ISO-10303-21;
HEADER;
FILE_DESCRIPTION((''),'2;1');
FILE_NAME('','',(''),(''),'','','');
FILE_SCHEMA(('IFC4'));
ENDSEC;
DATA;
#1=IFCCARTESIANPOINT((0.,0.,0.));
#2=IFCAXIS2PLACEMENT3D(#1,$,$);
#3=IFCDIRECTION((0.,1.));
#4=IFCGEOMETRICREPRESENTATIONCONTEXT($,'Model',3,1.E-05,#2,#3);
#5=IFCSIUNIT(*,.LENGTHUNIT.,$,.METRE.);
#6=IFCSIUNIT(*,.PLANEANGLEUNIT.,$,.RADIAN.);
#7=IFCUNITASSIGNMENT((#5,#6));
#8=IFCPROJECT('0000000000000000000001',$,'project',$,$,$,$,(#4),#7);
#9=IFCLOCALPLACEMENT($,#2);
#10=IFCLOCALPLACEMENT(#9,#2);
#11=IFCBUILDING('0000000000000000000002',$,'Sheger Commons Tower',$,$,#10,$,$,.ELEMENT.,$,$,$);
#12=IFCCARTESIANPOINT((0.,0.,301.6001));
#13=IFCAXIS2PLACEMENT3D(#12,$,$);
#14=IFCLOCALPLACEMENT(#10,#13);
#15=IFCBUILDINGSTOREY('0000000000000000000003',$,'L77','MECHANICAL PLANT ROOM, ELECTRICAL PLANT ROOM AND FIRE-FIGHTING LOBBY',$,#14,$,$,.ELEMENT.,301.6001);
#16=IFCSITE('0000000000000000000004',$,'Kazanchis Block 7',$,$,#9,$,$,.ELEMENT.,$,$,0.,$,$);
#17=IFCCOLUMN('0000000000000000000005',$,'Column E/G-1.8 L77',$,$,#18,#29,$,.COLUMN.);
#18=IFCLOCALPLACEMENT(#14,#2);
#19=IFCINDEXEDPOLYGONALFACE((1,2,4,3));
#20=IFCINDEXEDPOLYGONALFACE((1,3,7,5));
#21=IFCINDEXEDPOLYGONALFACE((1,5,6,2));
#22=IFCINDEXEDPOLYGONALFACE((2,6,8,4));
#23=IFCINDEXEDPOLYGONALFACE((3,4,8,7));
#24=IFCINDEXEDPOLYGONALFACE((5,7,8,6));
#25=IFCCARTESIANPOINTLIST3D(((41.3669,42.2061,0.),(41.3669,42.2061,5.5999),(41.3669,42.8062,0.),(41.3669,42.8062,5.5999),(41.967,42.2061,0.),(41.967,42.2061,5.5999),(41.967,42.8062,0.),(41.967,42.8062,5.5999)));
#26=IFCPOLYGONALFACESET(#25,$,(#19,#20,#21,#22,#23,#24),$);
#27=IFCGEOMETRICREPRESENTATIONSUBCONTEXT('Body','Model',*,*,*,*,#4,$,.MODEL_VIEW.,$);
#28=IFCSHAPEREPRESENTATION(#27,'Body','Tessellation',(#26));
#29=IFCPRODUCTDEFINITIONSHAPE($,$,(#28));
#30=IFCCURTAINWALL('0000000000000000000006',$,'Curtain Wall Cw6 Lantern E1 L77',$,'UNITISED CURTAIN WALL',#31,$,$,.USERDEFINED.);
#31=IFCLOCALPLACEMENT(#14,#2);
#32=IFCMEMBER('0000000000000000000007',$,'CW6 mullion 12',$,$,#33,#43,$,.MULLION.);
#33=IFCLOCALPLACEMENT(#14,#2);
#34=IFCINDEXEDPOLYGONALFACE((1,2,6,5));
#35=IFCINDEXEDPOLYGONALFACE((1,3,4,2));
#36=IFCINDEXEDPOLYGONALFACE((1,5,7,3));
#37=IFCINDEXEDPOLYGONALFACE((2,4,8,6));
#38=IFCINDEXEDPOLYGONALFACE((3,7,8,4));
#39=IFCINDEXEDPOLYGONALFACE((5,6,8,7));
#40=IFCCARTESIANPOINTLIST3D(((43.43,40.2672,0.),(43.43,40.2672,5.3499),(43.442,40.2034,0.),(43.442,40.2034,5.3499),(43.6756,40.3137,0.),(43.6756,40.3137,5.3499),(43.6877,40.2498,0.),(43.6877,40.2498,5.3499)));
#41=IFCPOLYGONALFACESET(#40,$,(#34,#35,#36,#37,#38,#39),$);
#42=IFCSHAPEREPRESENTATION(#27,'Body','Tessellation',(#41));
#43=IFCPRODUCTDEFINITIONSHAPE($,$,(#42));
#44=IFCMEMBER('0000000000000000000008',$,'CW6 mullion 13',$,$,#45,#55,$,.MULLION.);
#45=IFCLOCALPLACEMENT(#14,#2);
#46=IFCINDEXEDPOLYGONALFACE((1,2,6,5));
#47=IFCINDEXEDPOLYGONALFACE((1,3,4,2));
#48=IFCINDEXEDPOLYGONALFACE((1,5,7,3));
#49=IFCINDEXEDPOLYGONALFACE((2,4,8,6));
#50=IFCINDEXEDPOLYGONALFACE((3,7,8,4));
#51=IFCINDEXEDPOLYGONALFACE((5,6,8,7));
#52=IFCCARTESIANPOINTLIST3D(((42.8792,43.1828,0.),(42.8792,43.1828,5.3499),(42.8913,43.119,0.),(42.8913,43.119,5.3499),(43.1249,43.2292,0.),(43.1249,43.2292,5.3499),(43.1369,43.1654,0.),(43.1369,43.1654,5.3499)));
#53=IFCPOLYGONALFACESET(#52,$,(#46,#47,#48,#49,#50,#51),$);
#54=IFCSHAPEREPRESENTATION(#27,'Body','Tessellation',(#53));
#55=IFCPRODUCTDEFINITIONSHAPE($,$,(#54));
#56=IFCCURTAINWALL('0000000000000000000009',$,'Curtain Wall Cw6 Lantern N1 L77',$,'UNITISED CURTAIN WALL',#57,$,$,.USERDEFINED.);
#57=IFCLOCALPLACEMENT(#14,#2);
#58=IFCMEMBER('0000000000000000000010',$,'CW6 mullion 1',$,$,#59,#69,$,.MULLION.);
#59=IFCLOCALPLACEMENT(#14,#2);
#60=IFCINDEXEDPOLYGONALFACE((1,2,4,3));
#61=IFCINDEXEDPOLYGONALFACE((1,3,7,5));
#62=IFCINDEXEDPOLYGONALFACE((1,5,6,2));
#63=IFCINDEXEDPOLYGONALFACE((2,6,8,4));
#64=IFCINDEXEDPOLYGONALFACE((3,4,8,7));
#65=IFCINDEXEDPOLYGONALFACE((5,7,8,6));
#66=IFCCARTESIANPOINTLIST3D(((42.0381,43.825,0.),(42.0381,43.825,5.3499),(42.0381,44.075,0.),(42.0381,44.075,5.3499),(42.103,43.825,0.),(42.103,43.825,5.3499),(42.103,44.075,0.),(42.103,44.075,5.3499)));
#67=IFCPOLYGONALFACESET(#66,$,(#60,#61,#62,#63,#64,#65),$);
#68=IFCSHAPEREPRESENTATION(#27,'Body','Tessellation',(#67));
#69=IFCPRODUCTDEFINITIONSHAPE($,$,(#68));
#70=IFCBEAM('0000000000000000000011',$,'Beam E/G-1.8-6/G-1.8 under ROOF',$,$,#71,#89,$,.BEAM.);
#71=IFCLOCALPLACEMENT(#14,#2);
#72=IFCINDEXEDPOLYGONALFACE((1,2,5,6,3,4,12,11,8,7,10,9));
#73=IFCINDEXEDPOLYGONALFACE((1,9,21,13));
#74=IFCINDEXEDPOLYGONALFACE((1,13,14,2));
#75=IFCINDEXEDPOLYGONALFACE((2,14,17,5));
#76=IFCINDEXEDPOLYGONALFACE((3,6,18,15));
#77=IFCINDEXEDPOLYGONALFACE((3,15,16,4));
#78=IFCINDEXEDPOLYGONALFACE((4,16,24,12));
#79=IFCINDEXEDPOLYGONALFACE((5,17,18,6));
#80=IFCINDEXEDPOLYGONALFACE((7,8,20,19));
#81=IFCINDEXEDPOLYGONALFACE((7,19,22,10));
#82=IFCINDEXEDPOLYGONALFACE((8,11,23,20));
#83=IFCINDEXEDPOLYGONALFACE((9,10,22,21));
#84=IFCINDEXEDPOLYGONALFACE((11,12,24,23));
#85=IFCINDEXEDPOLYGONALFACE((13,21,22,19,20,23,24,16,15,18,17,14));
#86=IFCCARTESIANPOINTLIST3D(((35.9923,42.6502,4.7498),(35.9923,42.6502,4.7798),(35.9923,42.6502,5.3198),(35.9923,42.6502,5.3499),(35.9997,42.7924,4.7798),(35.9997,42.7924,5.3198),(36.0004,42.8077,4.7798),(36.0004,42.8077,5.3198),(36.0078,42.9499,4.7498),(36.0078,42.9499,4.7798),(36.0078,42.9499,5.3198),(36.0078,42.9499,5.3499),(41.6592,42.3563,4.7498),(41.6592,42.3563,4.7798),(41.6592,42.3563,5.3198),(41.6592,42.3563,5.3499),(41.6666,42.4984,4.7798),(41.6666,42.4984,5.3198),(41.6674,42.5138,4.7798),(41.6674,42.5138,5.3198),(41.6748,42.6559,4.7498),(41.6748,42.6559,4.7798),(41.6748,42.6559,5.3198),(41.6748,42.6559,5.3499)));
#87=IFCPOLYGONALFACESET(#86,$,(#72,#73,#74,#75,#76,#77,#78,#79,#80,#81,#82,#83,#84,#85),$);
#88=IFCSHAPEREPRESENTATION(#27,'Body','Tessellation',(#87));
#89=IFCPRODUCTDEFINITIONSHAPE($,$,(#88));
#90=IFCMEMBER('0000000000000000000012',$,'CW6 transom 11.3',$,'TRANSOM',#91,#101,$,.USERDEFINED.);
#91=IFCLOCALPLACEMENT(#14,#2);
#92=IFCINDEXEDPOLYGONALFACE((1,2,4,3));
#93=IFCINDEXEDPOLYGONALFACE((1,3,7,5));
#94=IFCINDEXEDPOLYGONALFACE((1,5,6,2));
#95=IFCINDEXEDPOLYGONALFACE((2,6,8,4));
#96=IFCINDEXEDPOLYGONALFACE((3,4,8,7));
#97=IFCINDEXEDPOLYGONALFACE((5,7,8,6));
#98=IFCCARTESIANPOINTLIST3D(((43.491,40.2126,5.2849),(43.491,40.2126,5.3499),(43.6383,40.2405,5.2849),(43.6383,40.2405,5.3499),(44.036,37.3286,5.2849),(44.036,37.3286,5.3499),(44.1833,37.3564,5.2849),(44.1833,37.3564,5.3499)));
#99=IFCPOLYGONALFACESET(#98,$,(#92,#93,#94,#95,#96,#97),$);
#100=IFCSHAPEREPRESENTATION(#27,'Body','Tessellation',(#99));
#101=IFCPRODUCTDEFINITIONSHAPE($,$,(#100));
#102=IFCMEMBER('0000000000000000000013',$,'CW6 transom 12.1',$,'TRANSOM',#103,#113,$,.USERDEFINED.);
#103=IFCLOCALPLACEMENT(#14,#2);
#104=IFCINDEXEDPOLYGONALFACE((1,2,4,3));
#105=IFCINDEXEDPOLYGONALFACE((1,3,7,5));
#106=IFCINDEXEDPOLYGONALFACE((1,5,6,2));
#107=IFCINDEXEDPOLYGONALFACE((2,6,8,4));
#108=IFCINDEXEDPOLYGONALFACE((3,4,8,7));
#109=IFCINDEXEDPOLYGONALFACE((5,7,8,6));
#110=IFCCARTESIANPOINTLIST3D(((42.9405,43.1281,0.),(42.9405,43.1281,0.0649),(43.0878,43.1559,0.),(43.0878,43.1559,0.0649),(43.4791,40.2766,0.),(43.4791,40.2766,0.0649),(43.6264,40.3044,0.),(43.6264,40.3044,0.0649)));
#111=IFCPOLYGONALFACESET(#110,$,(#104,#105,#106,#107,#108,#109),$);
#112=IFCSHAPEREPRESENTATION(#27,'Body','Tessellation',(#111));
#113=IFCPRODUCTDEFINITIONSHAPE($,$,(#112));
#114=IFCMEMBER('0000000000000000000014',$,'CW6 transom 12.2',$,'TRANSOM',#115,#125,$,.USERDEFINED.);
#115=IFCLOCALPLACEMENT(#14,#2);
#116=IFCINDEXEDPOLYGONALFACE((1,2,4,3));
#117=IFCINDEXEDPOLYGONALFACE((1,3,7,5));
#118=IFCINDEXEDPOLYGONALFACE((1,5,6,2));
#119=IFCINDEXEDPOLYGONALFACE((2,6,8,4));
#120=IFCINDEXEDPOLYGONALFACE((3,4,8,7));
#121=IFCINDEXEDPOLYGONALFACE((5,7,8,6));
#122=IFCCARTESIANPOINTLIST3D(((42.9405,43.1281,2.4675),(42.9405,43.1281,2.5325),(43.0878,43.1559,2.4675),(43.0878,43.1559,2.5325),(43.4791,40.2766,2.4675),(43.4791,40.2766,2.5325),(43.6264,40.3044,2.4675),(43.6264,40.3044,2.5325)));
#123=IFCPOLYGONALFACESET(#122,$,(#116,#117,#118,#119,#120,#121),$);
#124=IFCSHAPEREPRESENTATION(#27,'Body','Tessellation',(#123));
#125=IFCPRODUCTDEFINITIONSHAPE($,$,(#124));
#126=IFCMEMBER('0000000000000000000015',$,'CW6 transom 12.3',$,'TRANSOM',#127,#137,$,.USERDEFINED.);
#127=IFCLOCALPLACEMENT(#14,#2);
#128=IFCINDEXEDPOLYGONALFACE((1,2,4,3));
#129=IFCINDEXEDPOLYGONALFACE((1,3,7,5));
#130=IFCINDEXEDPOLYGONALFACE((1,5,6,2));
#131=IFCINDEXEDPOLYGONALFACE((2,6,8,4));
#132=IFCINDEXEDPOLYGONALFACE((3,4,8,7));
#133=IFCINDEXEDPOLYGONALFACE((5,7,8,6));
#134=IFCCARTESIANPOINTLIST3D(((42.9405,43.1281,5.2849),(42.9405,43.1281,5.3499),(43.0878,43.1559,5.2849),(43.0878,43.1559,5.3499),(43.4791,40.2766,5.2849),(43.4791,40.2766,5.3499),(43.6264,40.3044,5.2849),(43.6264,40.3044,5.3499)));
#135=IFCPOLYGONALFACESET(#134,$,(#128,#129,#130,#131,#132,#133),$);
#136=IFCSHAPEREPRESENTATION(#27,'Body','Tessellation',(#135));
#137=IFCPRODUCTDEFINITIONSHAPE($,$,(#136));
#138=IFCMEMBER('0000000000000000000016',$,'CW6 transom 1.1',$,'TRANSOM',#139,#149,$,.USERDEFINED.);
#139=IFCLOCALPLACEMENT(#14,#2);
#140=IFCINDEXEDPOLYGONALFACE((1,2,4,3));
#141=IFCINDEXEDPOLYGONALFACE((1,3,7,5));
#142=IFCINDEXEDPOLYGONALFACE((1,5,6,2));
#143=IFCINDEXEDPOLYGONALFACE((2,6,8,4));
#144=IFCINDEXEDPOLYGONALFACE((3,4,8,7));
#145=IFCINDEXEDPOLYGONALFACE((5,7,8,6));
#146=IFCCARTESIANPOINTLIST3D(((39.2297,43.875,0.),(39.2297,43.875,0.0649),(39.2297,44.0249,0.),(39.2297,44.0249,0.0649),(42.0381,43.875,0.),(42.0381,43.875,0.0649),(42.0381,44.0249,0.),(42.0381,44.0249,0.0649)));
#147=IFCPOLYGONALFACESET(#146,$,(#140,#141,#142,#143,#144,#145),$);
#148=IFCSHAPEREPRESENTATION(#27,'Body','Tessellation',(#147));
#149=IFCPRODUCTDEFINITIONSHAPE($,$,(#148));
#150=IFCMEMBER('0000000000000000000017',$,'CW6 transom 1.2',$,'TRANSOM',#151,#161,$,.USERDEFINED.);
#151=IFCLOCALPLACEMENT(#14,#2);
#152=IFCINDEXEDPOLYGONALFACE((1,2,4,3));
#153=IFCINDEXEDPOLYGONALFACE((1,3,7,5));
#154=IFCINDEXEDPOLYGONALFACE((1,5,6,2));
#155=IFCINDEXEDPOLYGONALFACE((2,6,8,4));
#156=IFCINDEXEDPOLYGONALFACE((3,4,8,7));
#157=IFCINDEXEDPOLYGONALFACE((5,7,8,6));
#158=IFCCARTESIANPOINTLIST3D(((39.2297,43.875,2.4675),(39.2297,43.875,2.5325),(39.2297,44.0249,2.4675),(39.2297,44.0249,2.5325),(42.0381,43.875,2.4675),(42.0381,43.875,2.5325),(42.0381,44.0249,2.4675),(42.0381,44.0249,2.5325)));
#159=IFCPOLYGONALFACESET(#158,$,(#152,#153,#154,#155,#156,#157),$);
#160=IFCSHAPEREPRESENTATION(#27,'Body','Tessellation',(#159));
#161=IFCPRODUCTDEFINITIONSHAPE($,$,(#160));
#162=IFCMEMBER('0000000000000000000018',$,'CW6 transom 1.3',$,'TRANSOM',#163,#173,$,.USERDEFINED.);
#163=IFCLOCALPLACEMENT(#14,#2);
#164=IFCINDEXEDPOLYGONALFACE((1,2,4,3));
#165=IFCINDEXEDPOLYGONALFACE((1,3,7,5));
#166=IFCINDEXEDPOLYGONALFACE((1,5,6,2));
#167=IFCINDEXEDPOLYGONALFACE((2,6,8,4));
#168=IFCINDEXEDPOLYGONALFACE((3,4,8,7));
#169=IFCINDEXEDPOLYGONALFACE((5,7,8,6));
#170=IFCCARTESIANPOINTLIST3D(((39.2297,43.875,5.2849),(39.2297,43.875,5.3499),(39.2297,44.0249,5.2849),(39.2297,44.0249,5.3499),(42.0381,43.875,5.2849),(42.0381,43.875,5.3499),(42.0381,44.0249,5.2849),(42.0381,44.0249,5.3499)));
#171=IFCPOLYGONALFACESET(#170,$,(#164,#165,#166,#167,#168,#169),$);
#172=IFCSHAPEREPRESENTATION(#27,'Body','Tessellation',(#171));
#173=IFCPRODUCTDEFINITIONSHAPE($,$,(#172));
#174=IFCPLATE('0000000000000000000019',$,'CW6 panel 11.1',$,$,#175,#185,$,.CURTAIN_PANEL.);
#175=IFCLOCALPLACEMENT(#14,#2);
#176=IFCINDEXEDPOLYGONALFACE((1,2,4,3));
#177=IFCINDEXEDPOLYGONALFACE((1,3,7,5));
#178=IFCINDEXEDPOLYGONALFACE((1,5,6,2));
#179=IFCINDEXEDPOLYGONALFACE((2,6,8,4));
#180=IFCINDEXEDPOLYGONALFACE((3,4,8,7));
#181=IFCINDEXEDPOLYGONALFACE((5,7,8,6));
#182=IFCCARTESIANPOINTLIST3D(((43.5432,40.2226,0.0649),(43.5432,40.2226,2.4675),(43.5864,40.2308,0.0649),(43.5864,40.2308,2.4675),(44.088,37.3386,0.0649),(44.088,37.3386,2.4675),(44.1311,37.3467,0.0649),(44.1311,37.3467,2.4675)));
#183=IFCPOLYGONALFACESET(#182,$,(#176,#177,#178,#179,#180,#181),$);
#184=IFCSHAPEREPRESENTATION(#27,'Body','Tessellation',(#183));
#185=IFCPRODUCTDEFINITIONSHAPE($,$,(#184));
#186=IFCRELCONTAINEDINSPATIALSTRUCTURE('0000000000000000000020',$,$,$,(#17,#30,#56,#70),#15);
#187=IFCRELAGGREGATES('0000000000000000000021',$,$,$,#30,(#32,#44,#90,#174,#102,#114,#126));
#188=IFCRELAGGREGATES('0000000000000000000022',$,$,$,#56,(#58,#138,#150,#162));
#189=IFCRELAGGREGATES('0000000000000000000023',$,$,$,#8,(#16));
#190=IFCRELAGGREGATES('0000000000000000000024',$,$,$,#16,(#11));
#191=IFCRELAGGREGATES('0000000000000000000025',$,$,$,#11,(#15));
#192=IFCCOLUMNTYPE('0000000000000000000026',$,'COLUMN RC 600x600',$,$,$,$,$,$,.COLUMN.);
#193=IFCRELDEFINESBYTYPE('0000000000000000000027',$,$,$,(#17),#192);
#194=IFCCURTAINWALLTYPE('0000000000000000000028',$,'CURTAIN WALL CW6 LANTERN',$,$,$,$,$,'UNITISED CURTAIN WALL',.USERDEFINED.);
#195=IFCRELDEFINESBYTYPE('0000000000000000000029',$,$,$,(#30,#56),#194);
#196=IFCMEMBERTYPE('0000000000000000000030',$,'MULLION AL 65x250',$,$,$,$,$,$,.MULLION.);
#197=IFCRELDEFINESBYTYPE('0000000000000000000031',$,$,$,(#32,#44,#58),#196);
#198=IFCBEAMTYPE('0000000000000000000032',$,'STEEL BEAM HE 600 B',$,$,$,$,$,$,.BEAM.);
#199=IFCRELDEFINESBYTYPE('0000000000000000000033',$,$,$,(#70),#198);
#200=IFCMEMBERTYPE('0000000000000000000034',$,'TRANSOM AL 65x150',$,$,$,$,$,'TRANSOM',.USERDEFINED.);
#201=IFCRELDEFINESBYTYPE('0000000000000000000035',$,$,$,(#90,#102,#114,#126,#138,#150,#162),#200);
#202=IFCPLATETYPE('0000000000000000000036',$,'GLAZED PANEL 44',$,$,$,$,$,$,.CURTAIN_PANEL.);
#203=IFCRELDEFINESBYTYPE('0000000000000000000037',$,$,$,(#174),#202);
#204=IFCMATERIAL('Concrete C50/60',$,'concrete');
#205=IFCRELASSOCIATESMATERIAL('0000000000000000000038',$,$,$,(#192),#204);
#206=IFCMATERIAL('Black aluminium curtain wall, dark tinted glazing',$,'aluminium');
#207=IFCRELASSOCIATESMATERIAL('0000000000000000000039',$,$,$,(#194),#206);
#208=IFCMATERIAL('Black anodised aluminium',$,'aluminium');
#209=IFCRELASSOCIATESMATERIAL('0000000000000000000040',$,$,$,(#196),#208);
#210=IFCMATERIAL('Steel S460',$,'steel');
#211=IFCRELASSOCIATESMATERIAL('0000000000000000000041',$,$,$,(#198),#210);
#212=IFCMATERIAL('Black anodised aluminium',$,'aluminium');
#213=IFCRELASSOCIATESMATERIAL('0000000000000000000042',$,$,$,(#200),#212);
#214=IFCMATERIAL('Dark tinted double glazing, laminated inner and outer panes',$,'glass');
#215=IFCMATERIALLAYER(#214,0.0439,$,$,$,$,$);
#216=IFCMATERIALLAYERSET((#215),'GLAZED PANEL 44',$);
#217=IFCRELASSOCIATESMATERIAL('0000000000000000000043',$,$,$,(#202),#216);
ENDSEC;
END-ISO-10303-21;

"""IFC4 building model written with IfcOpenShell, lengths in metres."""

from ifc_helpers import new_model, si_unit, direction, frame, origin, origin_2d, place, context, subcontext, project, spatial, rectangle, i_section, extrude, material, layer, layer_set, material_profile, profile_set, type_object, element, aggregate, save


model = new_model("IFC4")

# Units and contexts
model_context = context("Model", 3, precision=1e-05, world=origin(), true_north=direction((0.0, 1.0)))
body_context = subcontext(model_context, "Body", "Model", "MODEL_VIEW")
ifc_project = project(units=[si_unit("LENGTHUNIT", "METRE"), si_unit("PLANEANGLEUNIT", "RADIAN")], contexts=[model_context])

# Site, building, storey
site_placement = place(None, origin())
site = spatial("IfcSite", under=ifc_project, at=site_placement, Name="Kazanchis Block 7", CompositionType="ELEMENT", RefElevation=0.0)
building_placement = place(site_placement, origin())
building = spatial("IfcBuilding", under=site, at=building_placement, Name="Sheger Commons Tower", CompositionType="ELEMENT")
storey_placement = place(building_placement, frame((0.0, 0.0, 301.6001)))
storey = spatial("IfcBuildingStorey", under=building, at=storey_placement, Name="L77", Description="MECHANICAL PLANT ROOM, ELECTRICAL PLANT ROOM AND FIRE-FIGHTING LOBBY", CompositionType="ELEMENT", Elevation=301.6001)

# Column
ifc_material_1 = material(Name="Concrete C50/60", Category="concrete")
ifc_material_profile_1 = material_profile(ifc_material_1, rectangle(XDim=0.6001, YDim=0.6001, at=origin_2d()), Name="RC 600x600")
ifc_profile_set_1 = profile_set([ifc_material_profile_1], Name="Concrete C50/60")
column_type = type_object("IfcColumnType", Name="COLUMN RC 600x600", PredefinedType="COLUMN", material=ifc_profile_set_1)
column_placement = place(storey_placement, frame((41.667, 42.5061, 0.0), z_axis=(0.0, 0.0, 1.0), x_axis=(1.0, 0.0, 0.0)))
element("IfcColumn", 1, at=column_placement, inside=storey, type_object=column_type, Name="Column E/G-1.8 L77", PredefinedType="COLUMN", context=body_context, shape_type="SweptSolid", body=[
    extrude(rectangle(XDim=0.6001, YDim=0.6001, at=origin_2d()), origin(), (0.0, 0.0, 1.0), 5.5999),
])

# Curtain wall, members
ifc_material_2 = material(Name="Black aluminium curtain wall, dark tinted glazing", Category="aluminium")
curtain_wall_type = type_object("IfcCurtainWallType", Name="CURTAIN WALL CW6 LANTERN", ElementType="UNITISED CURTAIN WALL", PredefinedType="USERDEFINED", material=ifc_material_2)
curtain_wall_1_placement = place(storey_placement, origin())
curtain_wall_1 = element("IfcCurtainWall", 2, at=curtain_wall_1_placement, inside=storey, type_object=curtain_wall_type, Name="Curtain Wall Cw6 Lantern E1 L77", ObjectType="UNITISED CURTAIN WALL", PredefinedType="USERDEFINED")
ifc_material_3 = material(Name="Black anodised aluminium", Category="aluminium")
ifc_material_profile_2 = material_profile(ifc_material_3, rectangle(XDim=0.25, YDim=0.0649, at=origin_2d()), Name="AL 65x250")
ifc_profile_set_2 = profile_set([ifc_material_profile_2], Name="Black anodised aluminium")
member_type_1 = type_object("IfcMemberType", Name="MULLION AL 65x250", PredefinedType="MULLION", material=ifc_profile_set_2)
member_1_placement = place(storey_placement, frame((43.5588, 40.2585, 0.0), z_axis=(0.0, 0.0, 1.0), x_axis=(-0.982623, -0.185613, 0.0)))
member_1 = element("IfcMember", 3, at=member_1_placement, type_object=member_type_1, Name="CW6 mullion 12", PredefinedType="MULLION", context=body_context, shape_type="SweptSolid", body=[
    extrude(rectangle(XDim=0.25, YDim=0.0649, at=origin_2d()), origin(), (0.0, 0.0, 1.0), 5.3499),
])
member_2_placement = place(storey_placement, frame((43.0081, 43.1741, 0.0), z_axis=(0.0, 0.0, 1.0), x_axis=(-0.982623, -0.185613, 0.0)))
member_2 = element("IfcMember", 4, at=member_2_placement, type_object=member_type_1, Name="CW6 mullion 13", PredefinedType="MULLION", context=body_context, shape_type="SweptSolid", body=[
    extrude(rectangle(XDim=0.25, YDim=0.0649, at=origin_2d()), origin(), (0.0, 0.0, 1.0), 5.3499),
])

# Curtain wall, member
curtain_wall_2_placement = place(storey_placement, origin())
curtain_wall_2 = element("IfcCurtainWall", 5, at=curtain_wall_2_placement, inside=storey, type_object=curtain_wall_type, Name="Curtain Wall Cw6 Lantern N1 L77", ObjectType="UNITISED CURTAIN WALL", PredefinedType="USERDEFINED")
member_3_placement = place(storey_placement, frame((42.0706, 43.95, 0.0), z_axis=(0.0, 0.0, 1.0), x_axis=(0.0, -1.0, 0.0)))
member_3 = element("IfcMember", 6, at=member_3_placement, type_object=member_type_1, Name="CW6 mullion 1", PredefinedType="MULLION", context=body_context, shape_type="SweptSolid", body=[
    extrude(rectangle(XDim=0.25, YDim=0.0649, at=origin_2d()), origin(), (0.0, 0.0, 1.0), 5.3499),
])

# Beam
ifc_material_4 = material(Name="Steel S460", Category="steel")
ifc_material_profile_3 = material_profile(ifc_material_4, i_section(OverallWidth=0.3, OverallDepth=0.6001, WebThickness=0.0154, FlangeThickness=0.03, at=origin_2d()), Name="HE 600 B")
ifc_profile_set_3 = profile_set([ifc_material_profile_3], Name="Steel S460")
beam_type = type_object("IfcBeamType", Name="STEEL BEAM HE 600 B", PredefinedType="BEAM", material=ifc_profile_set_3)
beam_placement = place(storey_placement, frame((41.667, 42.5061, 5.0498), z_axis=(-0.998657, 0.0518, 0.0), x_axis=(-0.0518, -0.998657, 0.0)))
element("IfcBeam", 7, at=beam_placement, inside=storey, type_object=beam_type, Name="Beam E/G-1.8-6/G-1.8 under ROOF", PredefinedType="BEAM", context=body_context, shape_type="SweptSolid", body=[
    extrude(i_section(OverallWidth=0.3, OverallDepth=0.6001, WebThickness=0.0154, FlangeThickness=0.03, at=origin_2d()), origin(), (0.0, 0.0, 1.0), 5.6746),
])

# Members
ifc_material_5 = material(Name="Black anodised aluminium", Category="aluminium")
ifc_material_profile_4 = material_profile(ifc_material_5, rectangle(XDim=0.1499, YDim=0.0649, at=origin_2d()), Name="AL 65x150")
ifc_profile_set_4 = profile_set([ifc_material_profile_4], Name="Black anodised aluminium")
member_type_2 = type_object("IfcMemberType", Name="TRANSOM AL 65x150", ElementType="TRANSOM", PredefinedType="USERDEFINED", material=ifc_profile_set_4)
member_4_placement = place(storey_placement, frame((44.1096, 37.3425, 5.3174), z_axis=(-0.185659, 0.982614, 0.0), x_axis=(-0.982614, -0.185659, 0.0)))
member_4 = element("IfcMember", 8, at=member_4_placement, type_object=member_type_2, Name="CW6 transom 11.3", ObjectType="TRANSOM", PredefinedType="USERDEFINED", context=body_context, shape_type="SweptSolid", body=[
    extrude(rectangle(XDim=0.1499, YDim=0.0649, at=origin_2d()), origin(), (0.0, 0.0, 1.0), 2.9351),
])
member_5_placement = place(storey_placement, frame((43.5527, 40.2905, 0.0325), z_axis=(-0.185589, 0.982628, 0.0), x_axis=(-0.982628, -0.185589, 0.0)))
member_5 = element("IfcMember", 9, at=member_5_placement, type_object=member_type_2, Name="CW6 transom 12.1", ObjectType="TRANSOM", PredefinedType="USERDEFINED", context=body_context, shape_type="SweptSolid", body=[
    extrude(rectangle(XDim=0.1499, YDim=0.0649, at=origin_2d()), origin(), (0.0, 0.0, 1.0), 2.9019),
])
member_6_placement = place(storey_placement, frame((43.5527, 40.2905, 2.5), z_axis=(-0.185589, 0.982628, 0.0), x_axis=(-0.982628, -0.185589, 0.0)))
member_6 = element("IfcMember", 10, at=member_6_placement, type_object=member_type_2, Name="CW6 transom 12.2", ObjectType="TRANSOM", PredefinedType="USERDEFINED", context=body_context, shape_type="SweptSolid", body=[
    extrude(rectangle(XDim=0.1499, YDim=0.0649, at=origin_2d()), origin(), (0.0, 0.0, 1.0), 2.9019),
])
member_7_placement = place(storey_placement, frame((43.5527, 40.2905, 5.3174), z_axis=(-0.185589, 0.982628, 0.0), x_axis=(-0.982628, -0.185589, 0.0)))
member_7 = element("IfcMember", 11, at=member_7_placement, type_object=member_type_2, Name="CW6 transom 12.3", ObjectType="TRANSOM", PredefinedType="USERDEFINED", context=body_context, shape_type="SweptSolid", body=[
    extrude(rectangle(XDim=0.1499, YDim=0.0649, at=origin_2d()), origin(), (0.0, 0.0, 1.0), 2.9019),
])
member_8_placement = place(storey_placement, frame((42.0381, 43.95, 0.0325), z_axis=(-1.0, 0.0, 0.0), x_axis=(0.0, -1.0, 0.0)))
member_8 = element("IfcMember", 12, at=member_8_placement, type_object=member_type_2, Name="CW6 transom 1.1", ObjectType="TRANSOM", PredefinedType="USERDEFINED", context=body_context, shape_type="SweptSolid", body=[
    extrude(rectangle(XDim=0.1499, YDim=0.0649, at=origin_2d()), origin(), (0.0, 0.0, 1.0), 2.8083),
])
member_9_placement = place(storey_placement, frame((42.0381, 43.95, 2.5), z_axis=(-1.0, 0.0, 0.0), x_axis=(0.0, -1.0, 0.0)))
member_9 = element("IfcMember", 13, at=member_9_placement, type_object=member_type_2, Name="CW6 transom 1.2", ObjectType="TRANSOM", PredefinedType="USERDEFINED", context=body_context, shape_type="SweptSolid", body=[
    extrude(rectangle(XDim=0.1499, YDim=0.0649, at=origin_2d()), origin(), (0.0, 0.0, 1.0), 2.8083),
])
member_10_placement = place(storey_placement, frame((42.0381, 43.95, 5.3174), z_axis=(-1.0, 0.0, 0.0), x_axis=(0.0, -1.0, 0.0)))
member_10 = element("IfcMember", 14, at=member_10_placement, type_object=member_type_2, Name="CW6 transom 1.3", ObjectType="TRANSOM", PredefinedType="USERDEFINED", context=body_context, shape_type="SweptSolid", body=[
    extrude(rectangle(XDim=0.1499, YDim=0.0649, at=origin_2d()), origin(), (0.0, 0.0, 1.0), 2.8083),
])

# Plate
ifc_material_6 = material(Name="Dark tinted double glazing, laminated inner and outer panes", Category="glass")
ifc_layer_1 = layer(ifc_material_6, 0.0439)
ifc_layer_set_1 = layer_set([ifc_layer_1], Name="GLAZED PANEL 44")
plate_type = type_object("IfcPlateType", Name="GLAZED PANEL 44", PredefinedType="CURTAIN_PANEL", material=ifc_layer_set_1)
plate_1_placement = place(storey_placement, frame((43.8372, 38.7847, 0.0649), z_axis=(0.0, 0.0, 1.0), x_axis=(-0.185613, 0.982623, 0.0)))
plate_1 = element("IfcPlate", 15, at=plate_1_placement, type_object=plate_type, Name="CW6 panel 11.1", PredefinedType="CURTAIN_PANEL", context=body_context, shape_type="SweptSolid", body=[
    extrude(rectangle(XDim=2.9351, YDim=0.0439, at=origin_2d()), origin(), (0.0, 0.0, 1.0), 2.4026),
])
aggregate(curtain_wall_1, [member_1, member_2, member_4, plate_1, member_5, member_6, member_7])
aggregate(curtain_wall_2, [member_3, member_8, member_9, member_10])

save(model, "model.ifc")
